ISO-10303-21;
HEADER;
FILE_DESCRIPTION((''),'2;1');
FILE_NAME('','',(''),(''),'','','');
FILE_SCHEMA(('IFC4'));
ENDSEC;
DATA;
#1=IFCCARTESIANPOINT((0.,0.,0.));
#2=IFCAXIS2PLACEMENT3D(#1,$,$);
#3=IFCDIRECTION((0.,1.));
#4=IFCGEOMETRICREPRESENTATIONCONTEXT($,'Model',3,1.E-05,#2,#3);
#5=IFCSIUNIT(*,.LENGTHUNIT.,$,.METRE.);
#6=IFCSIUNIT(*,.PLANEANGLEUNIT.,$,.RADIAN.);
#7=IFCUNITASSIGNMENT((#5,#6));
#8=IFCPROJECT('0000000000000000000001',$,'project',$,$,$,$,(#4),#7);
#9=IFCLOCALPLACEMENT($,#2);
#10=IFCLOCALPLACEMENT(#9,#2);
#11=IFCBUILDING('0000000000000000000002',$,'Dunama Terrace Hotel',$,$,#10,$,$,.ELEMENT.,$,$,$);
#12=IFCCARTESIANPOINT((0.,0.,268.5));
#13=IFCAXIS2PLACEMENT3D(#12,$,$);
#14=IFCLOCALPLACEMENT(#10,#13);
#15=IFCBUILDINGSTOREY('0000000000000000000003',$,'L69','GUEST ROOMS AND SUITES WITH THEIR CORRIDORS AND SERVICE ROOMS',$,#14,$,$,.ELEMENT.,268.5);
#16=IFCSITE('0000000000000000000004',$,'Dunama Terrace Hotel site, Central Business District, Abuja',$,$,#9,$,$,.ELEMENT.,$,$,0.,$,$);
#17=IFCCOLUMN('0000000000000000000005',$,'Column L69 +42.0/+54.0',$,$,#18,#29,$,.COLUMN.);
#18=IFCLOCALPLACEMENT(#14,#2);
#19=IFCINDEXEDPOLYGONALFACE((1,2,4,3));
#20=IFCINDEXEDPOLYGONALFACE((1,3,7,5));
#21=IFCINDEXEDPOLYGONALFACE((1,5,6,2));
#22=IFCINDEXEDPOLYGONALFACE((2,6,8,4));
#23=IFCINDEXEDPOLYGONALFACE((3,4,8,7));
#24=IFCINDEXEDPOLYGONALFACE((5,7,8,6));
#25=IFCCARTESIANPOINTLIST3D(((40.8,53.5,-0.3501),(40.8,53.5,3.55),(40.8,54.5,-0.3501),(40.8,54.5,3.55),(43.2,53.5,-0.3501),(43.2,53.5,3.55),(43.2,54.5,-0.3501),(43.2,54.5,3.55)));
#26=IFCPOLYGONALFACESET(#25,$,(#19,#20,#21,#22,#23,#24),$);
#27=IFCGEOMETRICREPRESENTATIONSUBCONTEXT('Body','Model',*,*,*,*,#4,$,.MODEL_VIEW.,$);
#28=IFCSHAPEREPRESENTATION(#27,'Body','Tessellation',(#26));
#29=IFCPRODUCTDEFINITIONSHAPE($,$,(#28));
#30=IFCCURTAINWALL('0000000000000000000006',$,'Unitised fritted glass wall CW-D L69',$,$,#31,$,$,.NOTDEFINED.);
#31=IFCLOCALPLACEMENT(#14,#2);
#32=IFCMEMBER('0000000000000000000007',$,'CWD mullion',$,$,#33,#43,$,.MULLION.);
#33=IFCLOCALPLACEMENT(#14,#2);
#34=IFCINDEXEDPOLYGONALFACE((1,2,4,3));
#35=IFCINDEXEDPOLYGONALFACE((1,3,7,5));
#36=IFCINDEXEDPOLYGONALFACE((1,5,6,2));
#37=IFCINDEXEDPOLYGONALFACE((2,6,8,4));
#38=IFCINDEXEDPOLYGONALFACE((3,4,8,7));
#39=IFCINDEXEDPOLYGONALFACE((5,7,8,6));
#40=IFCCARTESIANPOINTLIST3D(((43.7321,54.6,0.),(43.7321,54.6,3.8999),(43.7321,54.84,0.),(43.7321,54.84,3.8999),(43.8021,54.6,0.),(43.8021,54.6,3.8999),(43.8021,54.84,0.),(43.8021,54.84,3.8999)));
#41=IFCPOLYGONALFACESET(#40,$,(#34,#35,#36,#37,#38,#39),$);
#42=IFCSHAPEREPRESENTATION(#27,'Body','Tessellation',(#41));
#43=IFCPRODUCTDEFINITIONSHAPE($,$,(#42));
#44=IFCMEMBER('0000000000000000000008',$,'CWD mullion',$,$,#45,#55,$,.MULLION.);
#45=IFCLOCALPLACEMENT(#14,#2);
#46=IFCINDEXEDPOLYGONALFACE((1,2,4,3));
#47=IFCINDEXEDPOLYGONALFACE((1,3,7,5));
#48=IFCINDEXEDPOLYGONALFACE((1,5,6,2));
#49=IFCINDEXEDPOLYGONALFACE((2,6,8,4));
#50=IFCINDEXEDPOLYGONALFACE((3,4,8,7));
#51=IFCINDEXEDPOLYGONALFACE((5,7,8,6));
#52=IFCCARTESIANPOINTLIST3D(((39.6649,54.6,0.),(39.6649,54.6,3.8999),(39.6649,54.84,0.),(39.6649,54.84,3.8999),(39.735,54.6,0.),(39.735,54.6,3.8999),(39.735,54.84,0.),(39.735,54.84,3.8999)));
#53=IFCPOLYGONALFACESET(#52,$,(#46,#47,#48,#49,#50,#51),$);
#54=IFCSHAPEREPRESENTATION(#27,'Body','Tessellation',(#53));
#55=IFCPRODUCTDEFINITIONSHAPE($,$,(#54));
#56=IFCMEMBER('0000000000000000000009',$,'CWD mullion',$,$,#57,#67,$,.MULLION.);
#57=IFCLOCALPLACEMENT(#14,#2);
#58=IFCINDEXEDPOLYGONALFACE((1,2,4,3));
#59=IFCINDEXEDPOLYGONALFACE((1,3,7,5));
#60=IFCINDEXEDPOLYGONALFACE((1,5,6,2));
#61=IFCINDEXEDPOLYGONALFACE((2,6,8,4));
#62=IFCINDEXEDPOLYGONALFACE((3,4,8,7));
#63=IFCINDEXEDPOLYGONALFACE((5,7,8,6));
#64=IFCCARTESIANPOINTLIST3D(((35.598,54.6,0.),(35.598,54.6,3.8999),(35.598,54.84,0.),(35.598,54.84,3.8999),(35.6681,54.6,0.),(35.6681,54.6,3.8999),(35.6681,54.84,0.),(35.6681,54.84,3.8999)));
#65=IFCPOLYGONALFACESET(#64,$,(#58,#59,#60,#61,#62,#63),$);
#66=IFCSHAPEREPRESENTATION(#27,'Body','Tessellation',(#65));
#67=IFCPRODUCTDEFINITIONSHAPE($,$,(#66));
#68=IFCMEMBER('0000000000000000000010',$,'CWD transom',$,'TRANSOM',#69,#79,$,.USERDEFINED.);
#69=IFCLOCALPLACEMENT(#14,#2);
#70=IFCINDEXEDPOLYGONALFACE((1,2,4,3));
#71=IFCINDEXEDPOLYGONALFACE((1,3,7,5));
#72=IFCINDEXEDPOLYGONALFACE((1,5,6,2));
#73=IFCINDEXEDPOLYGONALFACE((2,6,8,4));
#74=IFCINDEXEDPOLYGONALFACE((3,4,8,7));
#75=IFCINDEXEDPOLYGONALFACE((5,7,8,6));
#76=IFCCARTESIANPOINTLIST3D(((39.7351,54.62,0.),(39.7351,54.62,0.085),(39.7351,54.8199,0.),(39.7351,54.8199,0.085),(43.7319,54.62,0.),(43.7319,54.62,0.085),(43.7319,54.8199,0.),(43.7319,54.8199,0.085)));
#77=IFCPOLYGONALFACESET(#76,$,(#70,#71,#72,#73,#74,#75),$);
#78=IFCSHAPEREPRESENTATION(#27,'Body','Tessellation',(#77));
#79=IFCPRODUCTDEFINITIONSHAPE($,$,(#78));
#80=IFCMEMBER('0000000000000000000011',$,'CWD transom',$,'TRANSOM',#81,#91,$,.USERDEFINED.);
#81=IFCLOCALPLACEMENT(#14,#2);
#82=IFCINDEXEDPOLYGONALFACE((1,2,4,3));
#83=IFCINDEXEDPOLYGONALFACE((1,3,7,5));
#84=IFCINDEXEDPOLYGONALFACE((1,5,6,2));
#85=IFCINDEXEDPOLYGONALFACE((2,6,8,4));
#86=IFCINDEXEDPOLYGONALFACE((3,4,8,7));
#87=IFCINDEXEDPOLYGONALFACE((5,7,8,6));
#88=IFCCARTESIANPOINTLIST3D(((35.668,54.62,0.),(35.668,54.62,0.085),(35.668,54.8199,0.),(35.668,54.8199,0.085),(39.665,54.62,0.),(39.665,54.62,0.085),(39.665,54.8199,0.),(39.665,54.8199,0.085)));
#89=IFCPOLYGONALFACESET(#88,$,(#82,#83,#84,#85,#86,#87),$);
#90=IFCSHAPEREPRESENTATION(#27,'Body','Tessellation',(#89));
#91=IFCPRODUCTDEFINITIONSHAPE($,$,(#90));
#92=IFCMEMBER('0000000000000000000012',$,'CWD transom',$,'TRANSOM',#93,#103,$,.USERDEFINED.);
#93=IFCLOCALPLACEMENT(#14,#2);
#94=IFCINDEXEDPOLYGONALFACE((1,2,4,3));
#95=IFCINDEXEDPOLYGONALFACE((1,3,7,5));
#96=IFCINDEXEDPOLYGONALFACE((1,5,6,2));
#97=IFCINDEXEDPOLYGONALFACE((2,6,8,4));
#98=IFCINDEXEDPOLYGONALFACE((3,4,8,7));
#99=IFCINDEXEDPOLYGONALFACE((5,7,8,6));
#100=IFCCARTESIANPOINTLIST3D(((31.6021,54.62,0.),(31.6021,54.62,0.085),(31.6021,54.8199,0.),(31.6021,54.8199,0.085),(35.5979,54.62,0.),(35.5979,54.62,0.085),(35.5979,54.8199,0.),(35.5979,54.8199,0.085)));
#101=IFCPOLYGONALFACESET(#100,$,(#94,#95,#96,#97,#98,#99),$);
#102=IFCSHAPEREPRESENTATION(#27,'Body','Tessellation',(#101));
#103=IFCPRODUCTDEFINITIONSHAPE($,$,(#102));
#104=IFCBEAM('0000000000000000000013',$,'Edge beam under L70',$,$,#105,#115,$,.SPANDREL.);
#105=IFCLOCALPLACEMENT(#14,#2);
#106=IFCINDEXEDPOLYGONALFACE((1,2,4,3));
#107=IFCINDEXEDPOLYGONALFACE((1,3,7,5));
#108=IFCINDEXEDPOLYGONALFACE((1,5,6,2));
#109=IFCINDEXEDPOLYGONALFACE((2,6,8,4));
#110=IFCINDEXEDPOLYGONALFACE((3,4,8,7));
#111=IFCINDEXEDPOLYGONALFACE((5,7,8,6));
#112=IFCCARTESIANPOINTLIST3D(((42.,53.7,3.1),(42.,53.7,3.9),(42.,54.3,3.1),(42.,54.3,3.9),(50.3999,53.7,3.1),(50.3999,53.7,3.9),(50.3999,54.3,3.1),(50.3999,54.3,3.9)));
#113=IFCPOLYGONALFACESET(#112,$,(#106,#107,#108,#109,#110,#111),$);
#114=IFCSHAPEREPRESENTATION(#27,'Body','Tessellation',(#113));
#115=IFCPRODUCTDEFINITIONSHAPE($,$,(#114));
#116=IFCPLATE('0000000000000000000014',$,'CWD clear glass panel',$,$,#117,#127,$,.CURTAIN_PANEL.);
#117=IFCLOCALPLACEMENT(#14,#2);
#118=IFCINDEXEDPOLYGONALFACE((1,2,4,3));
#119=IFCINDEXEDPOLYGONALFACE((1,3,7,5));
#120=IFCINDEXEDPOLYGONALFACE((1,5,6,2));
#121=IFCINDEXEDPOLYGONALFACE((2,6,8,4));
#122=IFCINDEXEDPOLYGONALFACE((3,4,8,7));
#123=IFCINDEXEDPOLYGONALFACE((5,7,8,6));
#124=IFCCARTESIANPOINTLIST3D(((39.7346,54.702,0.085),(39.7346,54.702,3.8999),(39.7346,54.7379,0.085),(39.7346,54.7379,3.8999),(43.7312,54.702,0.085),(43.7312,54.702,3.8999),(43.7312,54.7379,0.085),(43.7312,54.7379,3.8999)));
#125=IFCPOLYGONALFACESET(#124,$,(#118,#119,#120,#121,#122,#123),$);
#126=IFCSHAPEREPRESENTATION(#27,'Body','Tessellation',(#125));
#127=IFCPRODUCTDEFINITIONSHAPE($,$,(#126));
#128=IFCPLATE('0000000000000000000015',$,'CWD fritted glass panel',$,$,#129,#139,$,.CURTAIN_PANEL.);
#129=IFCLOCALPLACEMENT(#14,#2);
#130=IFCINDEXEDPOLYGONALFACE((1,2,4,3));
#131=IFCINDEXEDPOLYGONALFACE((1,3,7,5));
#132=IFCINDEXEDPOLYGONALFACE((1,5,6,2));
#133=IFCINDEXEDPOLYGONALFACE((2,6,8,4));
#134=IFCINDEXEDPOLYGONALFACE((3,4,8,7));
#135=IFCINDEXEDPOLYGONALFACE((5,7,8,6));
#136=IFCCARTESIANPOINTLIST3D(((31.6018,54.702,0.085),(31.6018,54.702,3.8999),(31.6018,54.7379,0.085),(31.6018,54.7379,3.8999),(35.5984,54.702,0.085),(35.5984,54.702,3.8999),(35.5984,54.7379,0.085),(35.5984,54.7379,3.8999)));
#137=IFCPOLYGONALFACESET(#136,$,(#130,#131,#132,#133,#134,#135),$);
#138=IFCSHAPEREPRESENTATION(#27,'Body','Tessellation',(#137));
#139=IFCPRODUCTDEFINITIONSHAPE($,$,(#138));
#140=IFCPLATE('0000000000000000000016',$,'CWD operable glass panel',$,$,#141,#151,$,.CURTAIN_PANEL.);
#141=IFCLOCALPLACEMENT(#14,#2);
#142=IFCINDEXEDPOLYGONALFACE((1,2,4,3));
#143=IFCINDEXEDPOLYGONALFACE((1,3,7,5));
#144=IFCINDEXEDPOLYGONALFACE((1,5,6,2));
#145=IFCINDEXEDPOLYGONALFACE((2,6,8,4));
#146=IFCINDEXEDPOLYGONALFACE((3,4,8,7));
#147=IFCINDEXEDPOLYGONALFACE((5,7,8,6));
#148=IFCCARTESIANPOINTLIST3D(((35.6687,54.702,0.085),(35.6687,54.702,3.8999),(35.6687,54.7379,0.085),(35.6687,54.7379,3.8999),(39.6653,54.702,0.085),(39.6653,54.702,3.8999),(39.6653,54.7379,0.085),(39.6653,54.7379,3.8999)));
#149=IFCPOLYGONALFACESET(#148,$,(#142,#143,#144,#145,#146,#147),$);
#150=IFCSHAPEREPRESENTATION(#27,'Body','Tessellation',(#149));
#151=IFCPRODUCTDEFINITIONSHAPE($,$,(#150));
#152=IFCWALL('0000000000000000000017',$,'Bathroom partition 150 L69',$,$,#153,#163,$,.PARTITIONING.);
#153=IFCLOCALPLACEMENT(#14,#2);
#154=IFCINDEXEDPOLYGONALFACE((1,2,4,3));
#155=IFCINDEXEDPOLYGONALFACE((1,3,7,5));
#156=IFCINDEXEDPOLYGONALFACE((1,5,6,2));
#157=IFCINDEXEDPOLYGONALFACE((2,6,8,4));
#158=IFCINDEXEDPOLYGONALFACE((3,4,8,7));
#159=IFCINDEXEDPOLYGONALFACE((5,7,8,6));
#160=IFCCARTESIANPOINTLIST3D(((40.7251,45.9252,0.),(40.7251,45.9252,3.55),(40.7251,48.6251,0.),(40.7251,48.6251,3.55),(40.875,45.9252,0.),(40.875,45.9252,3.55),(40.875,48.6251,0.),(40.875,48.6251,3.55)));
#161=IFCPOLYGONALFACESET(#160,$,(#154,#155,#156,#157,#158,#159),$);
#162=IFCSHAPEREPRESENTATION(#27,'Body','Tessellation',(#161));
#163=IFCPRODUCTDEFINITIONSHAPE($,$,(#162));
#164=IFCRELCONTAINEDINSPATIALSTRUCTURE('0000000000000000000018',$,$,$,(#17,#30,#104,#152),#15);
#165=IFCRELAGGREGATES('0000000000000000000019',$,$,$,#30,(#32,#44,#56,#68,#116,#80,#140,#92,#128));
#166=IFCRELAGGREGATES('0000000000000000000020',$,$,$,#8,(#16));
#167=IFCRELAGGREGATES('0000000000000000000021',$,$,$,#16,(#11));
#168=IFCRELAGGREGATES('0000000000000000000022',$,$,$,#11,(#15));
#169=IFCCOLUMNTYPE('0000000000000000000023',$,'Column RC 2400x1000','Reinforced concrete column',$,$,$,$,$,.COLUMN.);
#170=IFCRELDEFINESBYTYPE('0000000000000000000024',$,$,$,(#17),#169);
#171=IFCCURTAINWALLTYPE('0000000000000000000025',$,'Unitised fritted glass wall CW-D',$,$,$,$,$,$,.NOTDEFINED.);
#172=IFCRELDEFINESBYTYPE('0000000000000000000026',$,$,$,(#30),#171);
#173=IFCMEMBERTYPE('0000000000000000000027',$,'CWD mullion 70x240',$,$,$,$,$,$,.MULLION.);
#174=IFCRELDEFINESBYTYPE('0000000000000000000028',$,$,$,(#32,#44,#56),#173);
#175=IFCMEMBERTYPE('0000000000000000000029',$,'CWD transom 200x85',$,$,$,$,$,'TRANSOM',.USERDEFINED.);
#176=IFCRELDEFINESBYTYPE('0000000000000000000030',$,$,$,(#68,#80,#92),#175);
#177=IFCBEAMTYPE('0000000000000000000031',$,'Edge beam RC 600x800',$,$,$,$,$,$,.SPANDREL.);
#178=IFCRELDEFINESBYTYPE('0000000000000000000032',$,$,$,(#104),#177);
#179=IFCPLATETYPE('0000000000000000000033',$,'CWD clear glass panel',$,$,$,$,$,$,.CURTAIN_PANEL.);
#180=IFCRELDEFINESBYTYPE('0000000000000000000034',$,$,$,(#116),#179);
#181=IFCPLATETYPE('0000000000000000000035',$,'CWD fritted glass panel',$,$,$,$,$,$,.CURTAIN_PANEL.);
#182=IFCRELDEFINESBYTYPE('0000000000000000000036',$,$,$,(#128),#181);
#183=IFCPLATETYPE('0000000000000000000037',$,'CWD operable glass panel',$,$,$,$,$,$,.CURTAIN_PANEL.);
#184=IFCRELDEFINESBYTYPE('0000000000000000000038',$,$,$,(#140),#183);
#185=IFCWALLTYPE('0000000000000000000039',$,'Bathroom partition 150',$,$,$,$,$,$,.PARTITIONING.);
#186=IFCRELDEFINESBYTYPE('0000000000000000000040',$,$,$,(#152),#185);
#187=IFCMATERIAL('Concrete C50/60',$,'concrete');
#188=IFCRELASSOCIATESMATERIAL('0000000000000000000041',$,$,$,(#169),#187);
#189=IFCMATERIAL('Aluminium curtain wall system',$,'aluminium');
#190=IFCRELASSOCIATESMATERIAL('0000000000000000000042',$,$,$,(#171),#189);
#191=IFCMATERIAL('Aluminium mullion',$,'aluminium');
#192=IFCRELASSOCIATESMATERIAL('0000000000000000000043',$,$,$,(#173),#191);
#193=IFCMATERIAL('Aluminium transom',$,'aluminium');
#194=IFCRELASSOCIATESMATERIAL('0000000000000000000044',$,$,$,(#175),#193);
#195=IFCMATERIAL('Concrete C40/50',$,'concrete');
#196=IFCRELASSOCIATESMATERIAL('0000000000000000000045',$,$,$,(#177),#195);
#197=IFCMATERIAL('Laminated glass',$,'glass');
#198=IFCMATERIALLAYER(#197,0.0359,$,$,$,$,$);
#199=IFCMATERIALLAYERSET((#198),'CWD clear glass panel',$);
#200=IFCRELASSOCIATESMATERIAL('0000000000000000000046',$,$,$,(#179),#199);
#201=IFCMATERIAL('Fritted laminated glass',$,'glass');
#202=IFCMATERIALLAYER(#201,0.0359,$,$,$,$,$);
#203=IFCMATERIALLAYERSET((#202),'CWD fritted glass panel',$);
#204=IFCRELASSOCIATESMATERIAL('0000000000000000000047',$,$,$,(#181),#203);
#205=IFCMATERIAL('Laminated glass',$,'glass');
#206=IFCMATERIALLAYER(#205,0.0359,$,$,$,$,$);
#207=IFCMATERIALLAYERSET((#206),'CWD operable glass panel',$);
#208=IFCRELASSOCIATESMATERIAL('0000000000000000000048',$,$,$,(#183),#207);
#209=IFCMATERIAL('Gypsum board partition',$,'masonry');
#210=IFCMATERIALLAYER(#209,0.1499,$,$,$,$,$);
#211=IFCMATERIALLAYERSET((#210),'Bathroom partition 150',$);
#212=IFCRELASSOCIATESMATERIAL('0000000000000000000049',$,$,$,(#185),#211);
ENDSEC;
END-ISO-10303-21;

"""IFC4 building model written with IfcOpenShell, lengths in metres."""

from ifc_helpers import new_model, si_unit, direction, frame, frame_2d, origin, origin_2d, place, context, subcontext, project, spatial, rectangle, extrude, material, layer, layer_set, material_profile, profile_set, type_object, element, aggregate, save


model = new_model("IFC4")

# Units and contexts
model_context = context("Model", 3, precision=1e-05, world=origin(), true_north=direction((0.0, 1.0)))
body_context = subcontext(model_context, "Body", "Model", "MODEL_VIEW")
ifc_project = project(units=[si_unit("LENGTHUNIT", "METRE"), si_unit("PLANEANGLEUNIT", "RADIAN")], contexts=[model_context])

# Site, building, storey
site_placement = place(None, origin())
site = spatial("IfcSite", under=ifc_project, at=site_placement, Name="Dunama Terrace Hotel site, Central Business District, Abuja", CompositionType="ELEMENT", RefElevation=0.0)
building_placement = place(site_placement, origin())
building = spatial("IfcBuilding", under=site, at=building_placement, Name="Dunama Terrace Hotel", CompositionType="ELEMENT")
storey_placement = place(building_placement, frame((0.0, 0.0, 268.5)))
storey = spatial("IfcBuildingStorey", under=building, at=storey_placement, Name="L69", Description="GUEST ROOMS AND SUITES WITH THEIR CORRIDORS AND SERVICE ROOMS", CompositionType="ELEMENT", Elevation=268.5)

# Column
ifc_material_1 = material(Name="Concrete C50/60", Category="concrete")
ifc_material_profile_1 = material_profile(ifc_material_1, rectangle(XDim=2.3999, YDim=1.0, at=origin_2d()), Name="RC 2400x1000")
ifc_profile_set_1 = profile_set([ifc_material_profile_1], Name="Concrete C50/60")
column_type = type_object("IfcColumnType", Name="Column RC 2400x1000", Description="Reinforced concrete column", PredefinedType="COLUMN", material=ifc_profile_set_1)
column_placement = place(storey_placement, frame((42.0, 54.0, -0.3501), z_axis=(0.0, 0.0, 1.0), x_axis=(1.0, 0.0, 0.0)))
element("IfcColumn", 1, at=column_placement, inside=storey, type_object=column_type, Name="Column L69 +42.0/+54.0", PredefinedType="COLUMN", context=body_context, shape_type="SweptSolid", body=[
    extrude(rectangle(XDim=2.3999, YDim=1.0, at=origin_2d()), origin(), (0.0, 0.0, 1.0), 3.9001),
])

# Curtain wall, members
ifc_material_2 = material(Name="Aluminium curtain wall system", Category="aluminium")
curtain_wall_type = type_object("IfcCurtainWallType", Name="Unitised fritted glass wall CW-D", PredefinedType="NOTDEFINED", material=ifc_material_2)
curtain_wall_placement = place(storey_placement, origin())
curtain_wall = element("IfcCurtainWall", 2, at=curtain_wall_placement, inside=storey, type_object=curtain_wall_type, Name="Unitised fritted glass wall CW-D L69", PredefinedType="NOTDEFINED")
ifc_material_3 = material(Name="Aluminium mullion", Category="aluminium")
ifc_material_profile_2 = material_profile(ifc_material_3, rectangle(XDim=0.0701, YDim=0.24, at=origin_2d()), Name="CWD MULLION 70X240")
ifc_profile_set_2 = profile_set([ifc_material_profile_2], Name="Aluminium mullion")
member_type_1 = type_object("IfcMemberType", Name="CWD mullion 70x240", PredefinedType="MULLION", material=ifc_profile_set_2)
member_1_placement = place(storey_placement, frame((43.7671, 54.72, 0.0), z_axis=(0.0, 0.0, 1.0), x_axis=(-1.0, 0.0, 0.0)))
member_1 = element("IfcMember", 3, at=member_1_placement, type_object=member_type_1, Name="CWD mullion", PredefinedType="MULLION", context=body_context, shape_type="SweptSolid", body=[
    extrude(rectangle(XDim=0.0701, YDim=0.24, at=origin_2d()), origin(), (0.0, 0.0, 1.0), 3.8999),
])
member_2_placement = place(storey_placement, frame((39.7, 54.72, 0.0), z_axis=(0.0, 0.0, 1.0), x_axis=(-1.0, 0.0, 0.0)))
member_2 = element("IfcMember", 4, at=member_2_placement, type_object=member_type_1, Name="CWD mullion", PredefinedType="MULLION", context=body_context, shape_type="SweptSolid", body=[
    extrude(rectangle(XDim=0.0701, YDim=0.24, at=origin_2d()), origin(), (0.0, 0.0, 1.0), 3.8999),
])
member_3_placement = place(storey_placement, frame((35.6331, 54.72, 0.0), z_axis=(0.0, 0.0, 1.0), x_axis=(-1.0, 0.0, 0.0)))
member_3 = element("IfcMember", 5, at=member_3_placement, type_object=member_type_1, Name="CWD mullion", PredefinedType="MULLION", context=body_context, shape_type="SweptSolid", body=[
    extrude(rectangle(XDim=0.0701, YDim=0.24, at=origin_2d()), origin(), (0.0, 0.0, 1.0), 3.8999),
])
ifc_material_4 = material(Name="Aluminium transom", Category="aluminium")
ifc_material_profile_3 = material_profile(ifc_material_4, rectangle(XDim=0.2, YDim=0.085, at=origin_2d()), Name="CWD TRANSOM 200X85")
ifc_profile_set_3 = profile_set([ifc_material_profile_3], Name="Aluminium transom")
member_type_2 = type_object("IfcMemberType", Name="CWD transom 200x85", ElementType="TRANSOM", PredefinedType="USERDEFINED", material=ifc_profile_set_3)
member_4_placement = place(storey_placement, frame((43.7319, 54.72, 0.0425), z_axis=(-1.0, 0.0, 0.0), x_axis=(0.0, -1.0, 0.0)))
member_4 = element("IfcMember", 6, at=member_4_placement, type_object=member_type_2, Name="CWD transom", ObjectType="TRANSOM", PredefinedType="USERDEFINED", context=body_context, shape_type="SweptSolid", body=[
    extrude(rectangle(XDim=0.2, YDim=0.085, at=origin_2d()), origin(), (0.0, 0.0, 1.0), 3.9968),
])
member_5_placement = place(storey_placement, frame((39.665, 54.72, 0.0425), z_axis=(-1.0, 0.0, 0.0), x_axis=(0.0, -1.0, 0.0)))
member_5 = element("IfcMember", 7, at=member_5_placement, type_object=member_type_2, Name="CWD transom", ObjectType="TRANSOM", PredefinedType="USERDEFINED", context=body_context, shape_type="SweptSolid", body=[
    extrude(rectangle(XDim=0.2, YDim=0.085, at=origin_2d()), origin(), (0.0, 0.0, 1.0), 3.9971),
])
member_6_placement = place(storey_placement, frame((35.5979, 54.72, 0.0425), z_axis=(-1.0, 0.0, 0.0), x_axis=(0.0, -1.0, 0.0)))
member_6 = element("IfcMember", 8, at=member_6_placement, type_object=member_type_2, Name="CWD transom", ObjectType="TRANSOM", PredefinedType="USERDEFINED", context=body_context, shape_type="SweptSolid", body=[
    extrude(rectangle(XDim=0.2, YDim=0.085, at=origin_2d()), origin(), (0.0, 0.0, 1.0), 3.9958),
])

# Beam
ifc_material_5 = material(Name="Concrete C40/50", Category="concrete")
ifc_material_profile_4 = material_profile(ifc_material_5, rectangle(XDim=0.6001, YDim=0.8, at=origin_2d()), Name="RC 600x800")
ifc_profile_set_4 = profile_set([ifc_material_profile_4], Name="Concrete C40/50")
beam_type = type_object("IfcBeamType", Name="Edge beam RC 600x800", PredefinedType="SPANDREL", material=ifc_profile_set_4)
beam_placement = place(storey_placement, frame((42.0, 54.0, 3.5), z_axis=(1.0, 0.0, 0.0), x_axis=(0.0, 1.0, 0.0)))
element("IfcBeam", 9, at=beam_placement, inside=storey, type_object=beam_type, Name="Edge beam under L70", PredefinedType="SPANDREL", context=body_context, shape_type="SweptSolid", body=[
    extrude(rectangle(XDim=0.6001, YDim=0.8, at=origin_2d()), origin(), (0.0, 0.0, 1.0), 8.3999),
])

# Plates
ifc_material_6 = material(Name="Laminated glass", Category="glass")
ifc_layer_1 = layer(ifc_material_6, 0.0359)
ifc_layer_set_1 = layer_set([ifc_layer_1], Name="CWD clear glass panel")
plate_type_1 = type_object("IfcPlateType", Name="CWD clear glass panel", PredefinedType="CURTAIN_PANEL", material=ifc_layer_set_1)
plate_1_placement = place(storey_placement, frame((41.7329, 54.72, 0.085), z_axis=(0.0, 0.0, 1.0), x_axis=(-1.0, 0.0, 0.0)))
plate_1 = element("IfcPlate", 10, at=plate_1_placement, type_object=plate_type_1, Name="CWD clear glass panel", PredefinedType="CURTAIN_PANEL", context=body_context, shape_type="SweptSolid", body=[
    extrude(rectangle(XDim=3.9966, YDim=0.0359, at=origin_2d()), origin(), (0.0, 0.0, 1.0), 3.8149),
])
ifc_material_7 = material(Name="Fritted laminated glass", Category="glass")
ifc_layer_2 = layer(ifc_material_7, 0.0359)
ifc_layer_set_2 = layer_set([ifc_layer_2], Name="CWD fritted glass panel")
plate_type_2 = type_object("IfcPlateType", Name="CWD fritted glass panel", PredefinedType="CURTAIN_PANEL", material=ifc_layer_set_2)
plate_2_placement = place(storey_placement, frame((33.6001, 54.72, 0.085), z_axis=(0.0, 0.0, 1.0), x_axis=(-1.0, 0.0, 0.0)))
plate_2 = element("IfcPlate", 11, at=plate_2_placement, type_object=plate_type_2, Name="CWD fritted glass panel", PredefinedType="CURTAIN_PANEL", context=body_context, shape_type="SweptSolid", body=[
    extrude(rectangle(XDim=3.9966, YDim=0.0359, at=origin_2d()), origin(), (0.0, 0.0, 1.0), 3.8149),
])
ifc_material_8 = material(Name="Laminated glass", Category="glass")
ifc_layer_3 = layer(ifc_material_8, 0.0359)
ifc_layer_set_3 = layer_set([ifc_layer_3], Name="CWD operable glass panel")
plate_type_3 = type_object("IfcPlateType", Name="CWD operable glass panel", PredefinedType="CURTAIN_PANEL", material=ifc_layer_set_3)
plate_3_placement = place(storey_placement, frame((37.667, 54.72, 0.085), z_axis=(0.0, 0.0, 1.0), x_axis=(-1.0, 0.0, 0.0)))
plate_3 = element("IfcPlate", 12, at=plate_3_placement, type_object=plate_type_3, Name="CWD operable glass panel", PredefinedType="CURTAIN_PANEL", context=body_context, shape_type="SweptSolid", body=[
    extrude(rectangle(XDim=3.9966, YDim=0.0359, at=origin_2d()), origin(), (0.0, 0.0, 1.0), 3.8149),
])
aggregate(curtain_wall, [member_1, member_2, member_3, member_4, plate_1, member_5, plate_3, member_6, plate_2])

# Wall
ifc_material_9 = material(Name="Gypsum board partition", Category="masonry")
ifc_layer_4 = layer(ifc_material_9, 0.1499)
ifc_layer_set_4 = layer_set([ifc_layer_4], Name="Bathroom partition 150")
wall_type_1 = type_object("IfcWallType", Name="Bathroom partition 150", PredefinedType="PARTITIONING", material=ifc_layer_set_4)
wall_1_placement = place(storey_placement, frame((40.8, 45.925, 0.0), z_axis=(0.0, 0.0, 1.0), x_axis=(0.0, 1.0, 0.0)))
element("IfcWall", 13, at=wall_1_placement, inside=storey, type_object=wall_type_1, Name="Bathroom partition 150 L69", PredefinedType="PARTITIONING", context=body_context, shape_type="SweptSolid", body=[
    extrude(rectangle(XDim=2.7, YDim=0.1499, at=frame_2d((1.3501, 0.0))), origin(), (0.0, 0.0, 1.0), 3.55),
])

save(model, "model.ifc")
